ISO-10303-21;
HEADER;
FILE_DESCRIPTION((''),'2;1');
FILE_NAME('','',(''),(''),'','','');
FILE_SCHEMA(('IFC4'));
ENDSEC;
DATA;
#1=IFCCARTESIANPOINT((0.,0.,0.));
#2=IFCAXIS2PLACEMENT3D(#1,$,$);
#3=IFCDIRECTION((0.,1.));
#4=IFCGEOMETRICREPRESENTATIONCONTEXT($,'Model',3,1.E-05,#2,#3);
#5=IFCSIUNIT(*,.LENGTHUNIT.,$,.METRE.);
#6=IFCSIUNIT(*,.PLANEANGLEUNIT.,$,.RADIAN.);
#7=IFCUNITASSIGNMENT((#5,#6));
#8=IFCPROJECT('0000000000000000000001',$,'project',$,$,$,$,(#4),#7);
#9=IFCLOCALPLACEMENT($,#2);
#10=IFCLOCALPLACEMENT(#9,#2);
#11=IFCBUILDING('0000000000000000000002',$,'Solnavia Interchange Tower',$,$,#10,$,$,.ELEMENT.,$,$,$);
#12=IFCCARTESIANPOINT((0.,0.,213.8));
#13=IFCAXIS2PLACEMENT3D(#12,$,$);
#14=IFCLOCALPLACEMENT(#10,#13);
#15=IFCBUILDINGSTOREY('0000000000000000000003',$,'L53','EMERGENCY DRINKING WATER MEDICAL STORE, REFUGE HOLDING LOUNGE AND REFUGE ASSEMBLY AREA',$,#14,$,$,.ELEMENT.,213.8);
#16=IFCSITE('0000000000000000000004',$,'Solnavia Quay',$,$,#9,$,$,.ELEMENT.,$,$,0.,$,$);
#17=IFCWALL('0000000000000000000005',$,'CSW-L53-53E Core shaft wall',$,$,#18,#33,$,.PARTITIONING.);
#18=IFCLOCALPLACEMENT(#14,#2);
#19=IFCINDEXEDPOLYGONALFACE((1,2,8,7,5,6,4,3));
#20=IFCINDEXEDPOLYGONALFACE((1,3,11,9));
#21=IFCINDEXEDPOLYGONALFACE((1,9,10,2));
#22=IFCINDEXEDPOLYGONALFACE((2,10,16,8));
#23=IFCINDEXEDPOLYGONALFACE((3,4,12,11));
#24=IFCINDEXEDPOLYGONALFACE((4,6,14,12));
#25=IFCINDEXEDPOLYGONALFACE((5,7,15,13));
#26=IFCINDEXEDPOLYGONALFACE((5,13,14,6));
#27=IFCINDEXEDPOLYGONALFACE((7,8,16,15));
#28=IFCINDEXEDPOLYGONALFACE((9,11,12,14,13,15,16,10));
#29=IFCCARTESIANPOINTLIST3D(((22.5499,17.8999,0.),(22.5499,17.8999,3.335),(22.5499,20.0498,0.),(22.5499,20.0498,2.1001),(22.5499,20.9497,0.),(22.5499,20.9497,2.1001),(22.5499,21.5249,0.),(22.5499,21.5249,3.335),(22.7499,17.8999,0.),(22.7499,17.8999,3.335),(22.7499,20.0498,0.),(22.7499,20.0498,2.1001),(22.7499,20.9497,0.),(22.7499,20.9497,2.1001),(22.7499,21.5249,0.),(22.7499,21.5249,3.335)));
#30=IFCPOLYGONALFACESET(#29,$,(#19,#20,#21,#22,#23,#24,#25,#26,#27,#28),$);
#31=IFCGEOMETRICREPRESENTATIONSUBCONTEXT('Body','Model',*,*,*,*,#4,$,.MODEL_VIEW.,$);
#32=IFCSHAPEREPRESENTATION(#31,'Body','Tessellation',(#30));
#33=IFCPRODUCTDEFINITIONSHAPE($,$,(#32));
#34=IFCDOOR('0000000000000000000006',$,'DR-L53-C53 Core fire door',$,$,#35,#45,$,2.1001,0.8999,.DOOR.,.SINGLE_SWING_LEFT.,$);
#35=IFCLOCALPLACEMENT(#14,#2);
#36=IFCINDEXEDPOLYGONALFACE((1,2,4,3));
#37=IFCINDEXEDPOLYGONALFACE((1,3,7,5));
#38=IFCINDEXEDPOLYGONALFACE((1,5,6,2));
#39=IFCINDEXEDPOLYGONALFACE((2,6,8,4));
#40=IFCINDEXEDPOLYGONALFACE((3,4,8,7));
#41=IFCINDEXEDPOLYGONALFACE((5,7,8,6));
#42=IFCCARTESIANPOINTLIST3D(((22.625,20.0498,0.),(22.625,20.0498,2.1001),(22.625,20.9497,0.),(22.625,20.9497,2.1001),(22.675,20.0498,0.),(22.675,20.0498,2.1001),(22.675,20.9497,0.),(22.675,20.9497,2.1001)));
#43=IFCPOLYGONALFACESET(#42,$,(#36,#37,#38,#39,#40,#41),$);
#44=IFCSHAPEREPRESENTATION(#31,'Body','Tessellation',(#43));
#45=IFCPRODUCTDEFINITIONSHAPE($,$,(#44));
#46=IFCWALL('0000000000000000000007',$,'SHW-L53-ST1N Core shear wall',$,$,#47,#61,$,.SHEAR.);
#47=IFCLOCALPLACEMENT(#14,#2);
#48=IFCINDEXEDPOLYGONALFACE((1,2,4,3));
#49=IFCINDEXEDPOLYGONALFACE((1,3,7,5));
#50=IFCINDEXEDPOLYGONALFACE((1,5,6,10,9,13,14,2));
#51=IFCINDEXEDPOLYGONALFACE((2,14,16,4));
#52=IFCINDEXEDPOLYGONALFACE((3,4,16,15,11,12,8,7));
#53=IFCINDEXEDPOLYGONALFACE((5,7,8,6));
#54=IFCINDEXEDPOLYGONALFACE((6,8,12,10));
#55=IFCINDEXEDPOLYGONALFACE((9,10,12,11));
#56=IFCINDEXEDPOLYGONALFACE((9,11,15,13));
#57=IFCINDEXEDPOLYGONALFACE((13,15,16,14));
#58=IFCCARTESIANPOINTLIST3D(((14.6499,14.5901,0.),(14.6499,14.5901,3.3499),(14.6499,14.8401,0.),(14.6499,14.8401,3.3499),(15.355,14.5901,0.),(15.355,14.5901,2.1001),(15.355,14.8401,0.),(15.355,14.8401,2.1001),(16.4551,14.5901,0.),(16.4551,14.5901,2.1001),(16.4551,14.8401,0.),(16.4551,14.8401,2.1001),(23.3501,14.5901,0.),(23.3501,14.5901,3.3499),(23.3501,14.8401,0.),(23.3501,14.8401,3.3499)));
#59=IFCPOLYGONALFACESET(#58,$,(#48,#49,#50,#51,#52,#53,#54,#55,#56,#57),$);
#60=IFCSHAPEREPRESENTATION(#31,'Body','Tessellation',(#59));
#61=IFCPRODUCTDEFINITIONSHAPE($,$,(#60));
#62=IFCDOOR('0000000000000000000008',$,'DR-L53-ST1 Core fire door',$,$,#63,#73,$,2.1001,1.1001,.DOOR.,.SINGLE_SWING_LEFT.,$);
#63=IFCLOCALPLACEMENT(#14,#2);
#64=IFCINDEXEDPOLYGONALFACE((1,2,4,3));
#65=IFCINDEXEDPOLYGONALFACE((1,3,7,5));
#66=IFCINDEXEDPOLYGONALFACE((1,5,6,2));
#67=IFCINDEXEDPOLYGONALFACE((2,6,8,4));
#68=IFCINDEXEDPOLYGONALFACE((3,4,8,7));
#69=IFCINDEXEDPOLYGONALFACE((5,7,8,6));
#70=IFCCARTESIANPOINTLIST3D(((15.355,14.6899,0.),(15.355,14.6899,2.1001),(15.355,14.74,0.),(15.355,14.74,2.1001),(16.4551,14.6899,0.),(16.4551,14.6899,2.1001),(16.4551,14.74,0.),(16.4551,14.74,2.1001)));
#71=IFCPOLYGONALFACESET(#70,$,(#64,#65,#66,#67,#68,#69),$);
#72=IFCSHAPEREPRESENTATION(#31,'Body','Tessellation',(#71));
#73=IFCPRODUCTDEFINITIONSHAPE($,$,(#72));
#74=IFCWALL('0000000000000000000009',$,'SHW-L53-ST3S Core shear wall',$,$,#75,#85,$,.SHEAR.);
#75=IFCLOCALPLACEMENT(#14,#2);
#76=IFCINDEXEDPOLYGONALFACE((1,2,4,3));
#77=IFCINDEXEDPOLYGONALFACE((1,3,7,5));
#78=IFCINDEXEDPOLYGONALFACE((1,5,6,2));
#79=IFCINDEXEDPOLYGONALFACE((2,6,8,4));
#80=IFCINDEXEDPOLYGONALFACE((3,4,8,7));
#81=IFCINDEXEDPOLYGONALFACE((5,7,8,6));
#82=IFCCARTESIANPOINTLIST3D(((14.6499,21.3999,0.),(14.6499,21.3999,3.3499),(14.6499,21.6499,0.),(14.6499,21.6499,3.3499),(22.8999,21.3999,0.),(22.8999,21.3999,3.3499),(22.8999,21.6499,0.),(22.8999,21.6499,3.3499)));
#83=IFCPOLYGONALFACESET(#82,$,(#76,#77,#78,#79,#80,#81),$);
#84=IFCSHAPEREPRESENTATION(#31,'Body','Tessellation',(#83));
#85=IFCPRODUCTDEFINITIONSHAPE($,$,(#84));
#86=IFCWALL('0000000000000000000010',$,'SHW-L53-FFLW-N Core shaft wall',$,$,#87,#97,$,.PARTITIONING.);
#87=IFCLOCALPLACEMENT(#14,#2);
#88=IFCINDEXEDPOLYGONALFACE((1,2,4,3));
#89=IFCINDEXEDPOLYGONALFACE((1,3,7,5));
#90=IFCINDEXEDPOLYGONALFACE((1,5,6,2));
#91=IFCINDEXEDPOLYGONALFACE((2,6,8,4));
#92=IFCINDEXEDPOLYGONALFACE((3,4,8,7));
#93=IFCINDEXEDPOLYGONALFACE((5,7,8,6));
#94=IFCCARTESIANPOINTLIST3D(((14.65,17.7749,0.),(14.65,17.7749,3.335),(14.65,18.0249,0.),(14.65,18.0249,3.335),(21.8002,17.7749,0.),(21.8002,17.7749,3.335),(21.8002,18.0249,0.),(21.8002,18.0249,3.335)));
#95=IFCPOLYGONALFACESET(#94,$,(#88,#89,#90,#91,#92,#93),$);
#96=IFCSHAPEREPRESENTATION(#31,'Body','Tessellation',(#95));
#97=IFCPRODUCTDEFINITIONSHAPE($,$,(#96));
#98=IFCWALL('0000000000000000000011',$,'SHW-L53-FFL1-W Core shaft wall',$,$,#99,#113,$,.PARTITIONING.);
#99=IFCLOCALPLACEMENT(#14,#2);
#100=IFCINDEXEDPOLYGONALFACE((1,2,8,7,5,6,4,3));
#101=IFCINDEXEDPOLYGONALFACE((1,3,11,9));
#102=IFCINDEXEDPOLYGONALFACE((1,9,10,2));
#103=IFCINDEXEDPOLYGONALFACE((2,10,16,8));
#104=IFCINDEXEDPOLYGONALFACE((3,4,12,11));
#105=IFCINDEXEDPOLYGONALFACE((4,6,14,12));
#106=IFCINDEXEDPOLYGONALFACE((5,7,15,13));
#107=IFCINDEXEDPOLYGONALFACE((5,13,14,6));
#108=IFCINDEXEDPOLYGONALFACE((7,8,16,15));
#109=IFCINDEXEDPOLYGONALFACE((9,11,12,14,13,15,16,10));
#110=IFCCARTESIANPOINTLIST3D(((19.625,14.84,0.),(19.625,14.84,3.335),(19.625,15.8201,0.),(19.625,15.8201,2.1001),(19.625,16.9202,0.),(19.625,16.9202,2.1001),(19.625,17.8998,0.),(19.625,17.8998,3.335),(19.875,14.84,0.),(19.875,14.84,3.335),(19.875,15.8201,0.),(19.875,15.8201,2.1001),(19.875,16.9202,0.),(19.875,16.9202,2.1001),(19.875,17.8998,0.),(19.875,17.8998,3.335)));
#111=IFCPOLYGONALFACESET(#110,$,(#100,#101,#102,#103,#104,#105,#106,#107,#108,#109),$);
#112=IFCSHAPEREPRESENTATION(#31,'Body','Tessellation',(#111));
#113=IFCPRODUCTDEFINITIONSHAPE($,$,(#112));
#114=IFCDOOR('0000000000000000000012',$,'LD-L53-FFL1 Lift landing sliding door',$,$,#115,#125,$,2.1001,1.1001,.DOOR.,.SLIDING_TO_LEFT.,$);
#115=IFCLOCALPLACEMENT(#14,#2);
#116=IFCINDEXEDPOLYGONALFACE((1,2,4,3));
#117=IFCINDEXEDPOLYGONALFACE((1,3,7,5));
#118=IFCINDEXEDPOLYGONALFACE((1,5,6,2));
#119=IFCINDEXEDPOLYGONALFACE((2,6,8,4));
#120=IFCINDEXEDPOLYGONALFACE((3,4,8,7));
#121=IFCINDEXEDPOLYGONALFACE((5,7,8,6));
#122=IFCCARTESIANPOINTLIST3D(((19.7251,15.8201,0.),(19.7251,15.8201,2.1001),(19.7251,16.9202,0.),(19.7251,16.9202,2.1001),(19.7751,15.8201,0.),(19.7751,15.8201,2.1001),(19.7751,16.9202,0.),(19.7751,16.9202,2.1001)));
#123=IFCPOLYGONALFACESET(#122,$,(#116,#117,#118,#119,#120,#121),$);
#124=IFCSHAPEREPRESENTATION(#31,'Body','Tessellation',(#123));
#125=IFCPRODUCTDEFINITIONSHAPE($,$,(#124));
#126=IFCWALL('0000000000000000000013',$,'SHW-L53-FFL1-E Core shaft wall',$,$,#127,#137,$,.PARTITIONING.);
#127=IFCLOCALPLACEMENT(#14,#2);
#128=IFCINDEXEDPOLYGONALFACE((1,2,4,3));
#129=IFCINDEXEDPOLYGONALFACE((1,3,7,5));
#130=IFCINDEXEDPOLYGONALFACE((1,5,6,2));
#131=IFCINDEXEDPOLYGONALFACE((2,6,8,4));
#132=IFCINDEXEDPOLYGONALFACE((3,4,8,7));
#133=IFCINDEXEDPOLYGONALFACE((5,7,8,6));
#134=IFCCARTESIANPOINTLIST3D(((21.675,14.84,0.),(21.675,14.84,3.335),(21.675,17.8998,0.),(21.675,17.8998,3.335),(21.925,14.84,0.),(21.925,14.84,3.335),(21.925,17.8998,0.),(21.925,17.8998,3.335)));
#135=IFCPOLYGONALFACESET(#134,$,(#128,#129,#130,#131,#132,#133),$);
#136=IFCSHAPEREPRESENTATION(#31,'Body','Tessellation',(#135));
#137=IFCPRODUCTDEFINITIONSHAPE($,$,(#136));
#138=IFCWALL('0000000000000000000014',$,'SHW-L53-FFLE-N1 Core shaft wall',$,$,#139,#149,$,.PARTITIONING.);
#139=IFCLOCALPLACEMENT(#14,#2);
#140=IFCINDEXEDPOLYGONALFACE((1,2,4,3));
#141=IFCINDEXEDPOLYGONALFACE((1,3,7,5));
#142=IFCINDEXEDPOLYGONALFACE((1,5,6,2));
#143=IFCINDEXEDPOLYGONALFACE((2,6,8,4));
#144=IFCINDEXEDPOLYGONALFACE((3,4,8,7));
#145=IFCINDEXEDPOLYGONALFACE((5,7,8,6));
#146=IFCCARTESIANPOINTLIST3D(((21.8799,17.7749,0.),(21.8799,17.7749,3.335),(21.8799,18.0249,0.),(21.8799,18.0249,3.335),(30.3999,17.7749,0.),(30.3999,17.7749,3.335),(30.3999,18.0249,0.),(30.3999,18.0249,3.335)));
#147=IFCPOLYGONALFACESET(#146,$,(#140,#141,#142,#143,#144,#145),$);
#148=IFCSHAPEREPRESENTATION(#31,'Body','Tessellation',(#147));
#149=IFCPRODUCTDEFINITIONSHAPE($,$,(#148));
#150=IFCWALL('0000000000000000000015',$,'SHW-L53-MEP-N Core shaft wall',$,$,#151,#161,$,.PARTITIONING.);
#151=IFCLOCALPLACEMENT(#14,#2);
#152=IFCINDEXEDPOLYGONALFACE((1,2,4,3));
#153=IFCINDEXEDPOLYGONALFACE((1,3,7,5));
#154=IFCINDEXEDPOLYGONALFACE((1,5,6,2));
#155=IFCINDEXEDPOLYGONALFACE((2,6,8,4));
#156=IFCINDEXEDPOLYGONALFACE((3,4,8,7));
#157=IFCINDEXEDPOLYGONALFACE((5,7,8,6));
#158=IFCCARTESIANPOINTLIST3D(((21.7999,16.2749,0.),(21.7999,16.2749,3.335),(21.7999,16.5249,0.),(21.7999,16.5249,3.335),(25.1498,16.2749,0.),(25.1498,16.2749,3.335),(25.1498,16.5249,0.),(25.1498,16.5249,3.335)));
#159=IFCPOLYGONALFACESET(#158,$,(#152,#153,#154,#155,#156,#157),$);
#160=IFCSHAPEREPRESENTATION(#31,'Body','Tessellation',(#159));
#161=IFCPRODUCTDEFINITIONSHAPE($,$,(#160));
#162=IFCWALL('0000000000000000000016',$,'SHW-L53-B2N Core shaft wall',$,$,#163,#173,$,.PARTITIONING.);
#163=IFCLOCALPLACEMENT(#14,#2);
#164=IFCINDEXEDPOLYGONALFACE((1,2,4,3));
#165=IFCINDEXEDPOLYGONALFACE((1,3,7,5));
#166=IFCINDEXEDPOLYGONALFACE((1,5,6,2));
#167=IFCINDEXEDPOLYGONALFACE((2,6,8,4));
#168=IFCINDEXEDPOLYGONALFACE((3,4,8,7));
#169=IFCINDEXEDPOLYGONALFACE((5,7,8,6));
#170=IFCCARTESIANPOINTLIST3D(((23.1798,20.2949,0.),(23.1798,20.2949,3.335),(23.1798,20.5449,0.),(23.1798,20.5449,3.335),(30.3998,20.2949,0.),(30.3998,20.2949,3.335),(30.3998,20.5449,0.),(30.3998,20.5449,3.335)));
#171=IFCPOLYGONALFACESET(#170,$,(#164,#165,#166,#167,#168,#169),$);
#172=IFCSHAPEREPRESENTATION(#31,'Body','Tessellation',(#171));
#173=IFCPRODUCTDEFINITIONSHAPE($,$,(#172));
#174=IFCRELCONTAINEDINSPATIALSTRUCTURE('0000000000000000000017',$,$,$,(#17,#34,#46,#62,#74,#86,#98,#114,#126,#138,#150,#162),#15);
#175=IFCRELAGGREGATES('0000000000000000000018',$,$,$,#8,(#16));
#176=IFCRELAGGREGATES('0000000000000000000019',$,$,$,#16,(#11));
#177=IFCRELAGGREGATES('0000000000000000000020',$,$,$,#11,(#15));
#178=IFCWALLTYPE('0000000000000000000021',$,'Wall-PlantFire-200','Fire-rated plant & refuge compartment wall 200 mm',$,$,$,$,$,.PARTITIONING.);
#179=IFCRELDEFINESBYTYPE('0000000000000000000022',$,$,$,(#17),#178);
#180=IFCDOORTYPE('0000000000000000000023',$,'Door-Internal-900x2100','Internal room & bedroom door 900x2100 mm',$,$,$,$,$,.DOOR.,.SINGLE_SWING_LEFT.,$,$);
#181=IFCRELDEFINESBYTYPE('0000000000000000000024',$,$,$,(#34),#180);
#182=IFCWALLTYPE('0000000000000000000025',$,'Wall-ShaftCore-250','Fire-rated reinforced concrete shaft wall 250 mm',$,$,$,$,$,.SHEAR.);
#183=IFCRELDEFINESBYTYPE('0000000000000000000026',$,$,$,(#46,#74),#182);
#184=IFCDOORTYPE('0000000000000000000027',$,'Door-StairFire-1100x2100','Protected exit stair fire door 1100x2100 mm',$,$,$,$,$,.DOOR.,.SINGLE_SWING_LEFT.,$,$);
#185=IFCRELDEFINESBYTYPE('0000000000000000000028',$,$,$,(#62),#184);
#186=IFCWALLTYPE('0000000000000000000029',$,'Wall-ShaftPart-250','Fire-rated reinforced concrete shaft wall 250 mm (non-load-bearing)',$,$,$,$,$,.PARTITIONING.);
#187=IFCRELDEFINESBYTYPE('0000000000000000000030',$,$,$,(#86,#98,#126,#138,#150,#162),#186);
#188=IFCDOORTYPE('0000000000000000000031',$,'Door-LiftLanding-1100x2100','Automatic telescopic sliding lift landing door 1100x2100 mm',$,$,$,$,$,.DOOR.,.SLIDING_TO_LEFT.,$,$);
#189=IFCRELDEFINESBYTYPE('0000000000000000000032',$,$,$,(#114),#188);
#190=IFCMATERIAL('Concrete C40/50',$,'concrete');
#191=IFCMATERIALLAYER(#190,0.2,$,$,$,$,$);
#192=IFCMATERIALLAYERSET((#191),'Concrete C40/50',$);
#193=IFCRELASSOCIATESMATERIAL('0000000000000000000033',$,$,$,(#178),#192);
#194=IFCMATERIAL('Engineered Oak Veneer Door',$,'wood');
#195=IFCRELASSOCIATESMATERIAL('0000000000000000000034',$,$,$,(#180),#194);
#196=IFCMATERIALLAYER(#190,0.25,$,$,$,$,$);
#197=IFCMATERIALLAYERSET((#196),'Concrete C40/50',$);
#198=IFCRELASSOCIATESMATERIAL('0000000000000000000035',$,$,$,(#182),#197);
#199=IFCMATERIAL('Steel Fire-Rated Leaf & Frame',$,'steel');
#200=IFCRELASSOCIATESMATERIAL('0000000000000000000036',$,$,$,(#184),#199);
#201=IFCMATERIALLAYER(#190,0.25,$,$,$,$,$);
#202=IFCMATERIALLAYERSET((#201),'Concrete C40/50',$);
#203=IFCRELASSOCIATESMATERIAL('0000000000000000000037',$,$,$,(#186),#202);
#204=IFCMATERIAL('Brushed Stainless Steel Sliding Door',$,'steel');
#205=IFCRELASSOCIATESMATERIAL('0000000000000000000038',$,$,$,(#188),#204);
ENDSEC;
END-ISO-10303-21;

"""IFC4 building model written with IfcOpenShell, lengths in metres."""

from ifc_helpers import new_model, si_unit, direction, frame, frame_2d, origin, place, context, subcontext, project, spatial, rectangle, extrude, material, layer, layer_set, type_object, element, fill, save


model = new_model("IFC4")

# Units and contexts
model_context = context("Model", 3, precision=1e-05, world=origin(), true_north=direction((0.0, 1.0)))
body_context = subcontext(model_context, "Body", "Model", "MODEL_VIEW")
ifc_project = project(units=[si_unit("LENGTHUNIT", "METRE"), si_unit("PLANEANGLEUNIT", "RADIAN")], contexts=[model_context])

# Site, building, storey
site_placement = place(None, origin())
site = spatial("IfcSite", under=ifc_project, at=site_placement, Name="Solnavia Quay", CompositionType="ELEMENT", RefElevation=0.0)
building_placement = place(site_placement, origin())
building = spatial("IfcBuilding", under=site, at=building_placement, Name="Solnavia Interchange Tower", CompositionType="ELEMENT")
storey_placement = place(building_placement, frame((0.0, 0.0, 213.8)))
storey = spatial("IfcBuildingStorey", under=building, at=storey_placement, Name="L53", Description="EMERGENCY DRINKING WATER MEDICAL STORE, REFUGE HOLDING LOUNGE AND REFUGE ASSEMBLY AREA", CompositionType="ELEMENT", Elevation=213.8)

# Walls, openings, doors
ifc_material_1 = material(Name="Concrete C40/50", Category="concrete")
ifc_layer_1 = layer(ifc_material_1, 0.2)
ifc_layer_set_1 = layer_set([ifc_layer_1], Name="Concrete C40/50")
wall_type_1 = type_object("IfcWallType", Name="Wall-PlantFire-200", Description="Fire-rated plant & refuge compartment wall 200 mm", PredefinedType="PARTITIONING", material=ifc_layer_set_1)
wall_1_placement = place(storey_placement, frame((22.6499, 17.8999, 0.0), z_axis=(0.0, 0.0, 1.0), x_axis=(0.0, 1.0, 0.0)))
wall_1 = element("IfcWall", 1, at=wall_1_placement, inside=storey, type_object=wall_type_1, Name="CSW-L53-53E Core shaft wall", PredefinedType="PARTITIONING", context=body_context, shape_type="SweptSolid", body=[
    extrude(rectangle(XDim=3.625, YDim=0.2, at=frame_2d((1.8125, 0.0))), origin(), (0.0, 0.0, 1.0), 3.335),
])
opening_1_placement = place(wall_1_placement, frame((2.1499, 0.0, 0.0)))
opening_1 = element("IfcOpeningElement", 2, at=opening_1_placement, cuts=wall_1, PredefinedType="OPENING", context=body_context, shape_type="SweptSolid", body=[
    extrude(rectangle(XDim=0.8999, YDim=2.1001, at=frame_2d((0.45, 1.05))), frame((0.0, 0.1099, 0.0), z_axis=(0.0, -1.0, 0.0), x_axis=(1.0, 0.0, 0.0)), (0.0, 0.0, 1.0), 0.22),
])
ifc_material_2 = material(Name="Engineered Oak Veneer Door", Category="wood")
door_type_1 = type_object("IfcDoorType", Name="Door-Internal-900x2100", Description="Internal room & bedroom door 900x2100 mm", OperationType="SINGLE_SWING_LEFT", PredefinedType="DOOR", material=ifc_material_2)
door_1_placement = place(opening_1_placement, origin())
door_1 = element("IfcDoor", 3, at=door_1_placement, inside=storey, type_object=door_type_1, Name="DR-L53-C53 Core fire door", OperationType="SINGLE_SWING_LEFT", OverallHeight=2.1001, OverallWidth=0.8999, PredefinedType="DOOR", context=body_context, shape_type="SweptSolid", body=[
    extrude(rectangle(XDim=0.8999, YDim=2.1001, at=frame_2d((0.45, 1.05))), frame((0.0, 0.0249, 0.0), z_axis=(0.0, -1.0, 0.0), x_axis=(1.0, 0.0, 0.0)), (0.0, 0.0, 1.0), 0.05),
])
fill(opening_1, door_1)
ifc_layer_2 = layer(ifc_material_1, 0.25)
ifc_layer_set_2 = layer_set([ifc_layer_2], Name="Concrete C40/50")
wall_type_2 = type_object("IfcWallType", Name="Wall-ShaftCore-250", Description="Fire-rated reinforced concrete shaft wall 250 mm", PredefinedType="SHEAR", material=ifc_layer_set_2)
wall_2_placement = place(storey_placement, frame((14.6499, 14.7151, 0.0), z_axis=(0.0, 0.0, 1.0), x_axis=(1.0, 0.0, 0.0)))
wall_2 = element("IfcWall", 4, at=wall_2_placement, inside=storey, type_object=wall_type_2, Name="SHW-L53-ST1N Core shear wall", PredefinedType="SHEAR", context=body_context, shape_type="SweptSolid", body=[
    extrude(rectangle(XDim=8.7002, YDim=0.25, at=frame_2d((4.3501, 0.0))), origin(), (0.0, 0.0, 1.0), 3.3499),
])
opening_2_placement = place(wall_2_placement, frame((0.7051, 0.0, 0.0)))
opening_2 = element("IfcOpeningElement", 5, at=opening_2_placement, cuts=wall_2, PredefinedType="OPENING", context=body_context, shape_type="SweptSolid", body=[
    extrude(rectangle(XDim=1.1001, YDim=2.1001, at=frame_2d((0.55, 1.05))), frame((0.0, 0.135, 0.0), z_axis=(0.0, -1.0, 0.0), x_axis=(1.0, 0.0, 0.0)), (0.0, 0.0, 1.0), 0.27),
])
ifc_material_3 = material(Name="Steel Fire-Rated Leaf & Frame", Category="steel")
door_type_2 = type_object("IfcDoorType", Name="Door-StairFire-1100x2100", Description="Protected exit stair fire door 1100x2100 mm", OperationType="SINGLE_SWING_LEFT", PredefinedType="DOOR", material=ifc_material_3)
door_2_placement = place(opening_2_placement, origin())
door_2 = element("IfcDoor", 6, at=door_2_placement, inside=storey, type_object=door_type_2, Name="DR-L53-ST1 Core fire door", OperationType="SINGLE_SWING_LEFT", OverallHeight=2.1001, OverallWidth=1.1001, PredefinedType="DOOR", context=body_context, shape_type="SweptSolid", body=[
    extrude(rectangle(XDim=1.1001, YDim=2.1001, at=frame_2d((0.55, 1.05))), frame((0.0, 0.0249, 0.0), z_axis=(0.0, -1.0, 0.0), x_axis=(1.0, 0.0, 0.0)), (0.0, 0.0, 1.0), 0.05),
])
fill(opening_2, door_2)

# Walls
wall_3_placement = place(storey_placement, frame((14.6499, 21.5249, 0.0), z_axis=(0.0, 0.0, 1.0), x_axis=(1.0, 0.0, 0.0)))
element("IfcWall", 7, at=wall_3_placement, inside=storey, type_object=wall_type_2, Name="SHW-L53-ST3S Core shear wall", PredefinedType="SHEAR", context=body_context, shape_type="SweptSolid", body=[
    extrude(rectangle(XDim=8.25, YDim=0.25, at=frame_2d((4.125, 0.0))), origin(), (0.0, 0.0, 1.0), 3.3499),
])
ifc_layer_3 = layer(ifc_material_1, 0.25)
ifc_layer_set_3 = layer_set([ifc_layer_3], Name="Concrete C40/50")
wall_type_3 = type_object("IfcWallType", Name="Wall-ShaftPart-250", Description="Fire-rated reinforced concrete shaft wall 250 mm (non-load-bearing)", PredefinedType="PARTITIONING", material=ifc_layer_set_3)
wall_4_placement = place(storey_placement, frame((14.6499, 17.8999, 0.0), z_axis=(0.0, 0.0, 1.0), x_axis=(1.0, 0.0, 0.0)))
element("IfcWall", 8, at=wall_4_placement, inside=storey, type_object=wall_type_3, Name="SHW-L53-FFLW-N Core shaft wall", PredefinedType="PARTITIONING", context=body_context, shape_type="SweptSolid", body=[
    extrude(rectangle(XDim=7.1501, YDim=0.25, at=frame_2d((3.5752, 0.0))), origin(), (0.0, 0.0, 1.0), 3.335),
])

# Wall, opening, door
wall_5_placement = place(storey_placement, frame((19.75, 14.8401, 0.0), z_axis=(0.0, 0.0, 1.0), x_axis=(0.0, 1.0, 0.0)))
wall_5 = element("IfcWall", 9, at=wall_5_placement, inside=storey, type_object=wall_type_3, Name="SHW-L53-FFL1-W Core shaft wall", PredefinedType="PARTITIONING", context=body_context, shape_type="SweptSolid", body=[
    extrude(rectangle(XDim=3.0598, YDim=0.25, at=frame_2d((1.5298, 0.0))), origin(), (0.0, 0.0, 1.0), 3.335),
])
opening_3_placement = place(wall_5_placement, frame((0.98, 0.0, 0.0)))
opening_3 = element("IfcOpeningElement", 10, at=opening_3_placement, cuts=wall_5, PredefinedType="OPENING", context=body_context, shape_type="SweptSolid", body=[
    extrude(rectangle(XDim=1.1001, YDim=2.1001, at=frame_2d((0.55, 1.05))), frame((0.0, 0.135, 0.0), z_axis=(0.0, -1.0, 0.0), x_axis=(1.0, 0.0, 0.0)), (0.0, 0.0, 1.0), 0.27),
])
ifc_material_4 = material(Name="Brushed Stainless Steel Sliding Door", Category="steel")
door_type_3 = type_object("IfcDoorType", Name="Door-LiftLanding-1100x2100", Description="Automatic telescopic sliding lift landing door 1100x2100 mm", OperationType="SLIDING_TO_LEFT", PredefinedType="DOOR", material=ifc_material_4)
door_3_placement = place(opening_3_placement, origin())
door_3 = element("IfcDoor", 11, at=door_3_placement, inside=storey, type_object=door_type_3, Name="LD-L53-FFL1 Lift landing sliding door", OperationType="SLIDING_TO_LEFT", OverallHeight=2.1001, OverallWidth=1.1001, PredefinedType="DOOR", context=body_context, shape_type="SweptSolid", body=[
    extrude(rectangle(XDim=1.1001, YDim=2.1001, at=frame_2d((0.55, 1.05))), frame((0.0, 0.0249, 0.0), z_axis=(0.0, -1.0, 0.0), x_axis=(1.0, 0.0, 0.0)), (0.0, 0.0, 1.0), 0.05),
])
fill(opening_3, door_3)

# Walls
wall_6_placement = place(storey_placement, frame((21.8, 14.8401, 0.0), z_axis=(0.0, 0.0, 1.0), x_axis=(0.0, 1.0, 0.0)))
element("IfcWall", 12, at=wall_6_placement, inside=storey, type_object=wall_type_3, Name="SHW-L53-FFL1-E Core shaft wall", PredefinedType="PARTITIONING", context=body_context, shape_type="SweptSolid", body=[
    extrude(rectangle(XDim=3.0598, YDim=0.25, at=frame_2d((1.5298, 0.0))), origin(), (0.0, 0.0, 1.0), 3.335),
])
wall_7_placement = place(storey_placement, frame((21.8799, 17.8999, 0.0), z_axis=(0.0, 0.0, 1.0), x_axis=(1.0, 0.0, 0.0)))
element("IfcWall", 13, at=wall_7_placement, inside=storey, type_object=wall_type_3, Name="SHW-L53-FFLE-N1 Core shaft wall", PredefinedType="PARTITIONING", context=body_context, shape_type="SweptSolid", body=[
    extrude(rectangle(XDim=8.52, YDim=0.25, at=frame_2d((4.26, 0.0))), origin(), (0.0, 0.0, 1.0), 3.335),
])
wall_8_placement = place(storey_placement, frame((21.8, 16.3999, 0.0), z_axis=(0.0, 0.0, 1.0), x_axis=(1.0, 0.0, 0.0)))
element("IfcWall", 14, at=wall_8_placement, inside=storey, type_object=wall_type_3, Name="SHW-L53-MEP-N Core shaft wall", PredefinedType="PARTITIONING", context=body_context, shape_type="SweptSolid", body=[
    extrude(rectangle(XDim=3.3499, YDim=0.25, at=frame_2d((1.6748, 0.0))), origin(), (0.0, 0.0, 1.0), 3.335),
])
wall_9_placement = place(storey_placement, frame((23.1799, 20.4199, 0.0), z_axis=(0.0, 0.0, 1.0), x_axis=(1.0, 0.0, 0.0)))
element("IfcWall", 15, at=wall_9_placement, inside=storey, type_object=wall_type_3, Name="SHW-L53-B2N Core shaft wall", PredefinedType="PARTITIONING", context=body_context, shape_type="SweptSolid", body=[
    extrude(rectangle(XDim=7.22, YDim=0.25, at=frame_2d((3.6099, 0.0))), origin(), (0.0, 0.0, 1.0), 3.335),
])

save(model, "model.ifc")
